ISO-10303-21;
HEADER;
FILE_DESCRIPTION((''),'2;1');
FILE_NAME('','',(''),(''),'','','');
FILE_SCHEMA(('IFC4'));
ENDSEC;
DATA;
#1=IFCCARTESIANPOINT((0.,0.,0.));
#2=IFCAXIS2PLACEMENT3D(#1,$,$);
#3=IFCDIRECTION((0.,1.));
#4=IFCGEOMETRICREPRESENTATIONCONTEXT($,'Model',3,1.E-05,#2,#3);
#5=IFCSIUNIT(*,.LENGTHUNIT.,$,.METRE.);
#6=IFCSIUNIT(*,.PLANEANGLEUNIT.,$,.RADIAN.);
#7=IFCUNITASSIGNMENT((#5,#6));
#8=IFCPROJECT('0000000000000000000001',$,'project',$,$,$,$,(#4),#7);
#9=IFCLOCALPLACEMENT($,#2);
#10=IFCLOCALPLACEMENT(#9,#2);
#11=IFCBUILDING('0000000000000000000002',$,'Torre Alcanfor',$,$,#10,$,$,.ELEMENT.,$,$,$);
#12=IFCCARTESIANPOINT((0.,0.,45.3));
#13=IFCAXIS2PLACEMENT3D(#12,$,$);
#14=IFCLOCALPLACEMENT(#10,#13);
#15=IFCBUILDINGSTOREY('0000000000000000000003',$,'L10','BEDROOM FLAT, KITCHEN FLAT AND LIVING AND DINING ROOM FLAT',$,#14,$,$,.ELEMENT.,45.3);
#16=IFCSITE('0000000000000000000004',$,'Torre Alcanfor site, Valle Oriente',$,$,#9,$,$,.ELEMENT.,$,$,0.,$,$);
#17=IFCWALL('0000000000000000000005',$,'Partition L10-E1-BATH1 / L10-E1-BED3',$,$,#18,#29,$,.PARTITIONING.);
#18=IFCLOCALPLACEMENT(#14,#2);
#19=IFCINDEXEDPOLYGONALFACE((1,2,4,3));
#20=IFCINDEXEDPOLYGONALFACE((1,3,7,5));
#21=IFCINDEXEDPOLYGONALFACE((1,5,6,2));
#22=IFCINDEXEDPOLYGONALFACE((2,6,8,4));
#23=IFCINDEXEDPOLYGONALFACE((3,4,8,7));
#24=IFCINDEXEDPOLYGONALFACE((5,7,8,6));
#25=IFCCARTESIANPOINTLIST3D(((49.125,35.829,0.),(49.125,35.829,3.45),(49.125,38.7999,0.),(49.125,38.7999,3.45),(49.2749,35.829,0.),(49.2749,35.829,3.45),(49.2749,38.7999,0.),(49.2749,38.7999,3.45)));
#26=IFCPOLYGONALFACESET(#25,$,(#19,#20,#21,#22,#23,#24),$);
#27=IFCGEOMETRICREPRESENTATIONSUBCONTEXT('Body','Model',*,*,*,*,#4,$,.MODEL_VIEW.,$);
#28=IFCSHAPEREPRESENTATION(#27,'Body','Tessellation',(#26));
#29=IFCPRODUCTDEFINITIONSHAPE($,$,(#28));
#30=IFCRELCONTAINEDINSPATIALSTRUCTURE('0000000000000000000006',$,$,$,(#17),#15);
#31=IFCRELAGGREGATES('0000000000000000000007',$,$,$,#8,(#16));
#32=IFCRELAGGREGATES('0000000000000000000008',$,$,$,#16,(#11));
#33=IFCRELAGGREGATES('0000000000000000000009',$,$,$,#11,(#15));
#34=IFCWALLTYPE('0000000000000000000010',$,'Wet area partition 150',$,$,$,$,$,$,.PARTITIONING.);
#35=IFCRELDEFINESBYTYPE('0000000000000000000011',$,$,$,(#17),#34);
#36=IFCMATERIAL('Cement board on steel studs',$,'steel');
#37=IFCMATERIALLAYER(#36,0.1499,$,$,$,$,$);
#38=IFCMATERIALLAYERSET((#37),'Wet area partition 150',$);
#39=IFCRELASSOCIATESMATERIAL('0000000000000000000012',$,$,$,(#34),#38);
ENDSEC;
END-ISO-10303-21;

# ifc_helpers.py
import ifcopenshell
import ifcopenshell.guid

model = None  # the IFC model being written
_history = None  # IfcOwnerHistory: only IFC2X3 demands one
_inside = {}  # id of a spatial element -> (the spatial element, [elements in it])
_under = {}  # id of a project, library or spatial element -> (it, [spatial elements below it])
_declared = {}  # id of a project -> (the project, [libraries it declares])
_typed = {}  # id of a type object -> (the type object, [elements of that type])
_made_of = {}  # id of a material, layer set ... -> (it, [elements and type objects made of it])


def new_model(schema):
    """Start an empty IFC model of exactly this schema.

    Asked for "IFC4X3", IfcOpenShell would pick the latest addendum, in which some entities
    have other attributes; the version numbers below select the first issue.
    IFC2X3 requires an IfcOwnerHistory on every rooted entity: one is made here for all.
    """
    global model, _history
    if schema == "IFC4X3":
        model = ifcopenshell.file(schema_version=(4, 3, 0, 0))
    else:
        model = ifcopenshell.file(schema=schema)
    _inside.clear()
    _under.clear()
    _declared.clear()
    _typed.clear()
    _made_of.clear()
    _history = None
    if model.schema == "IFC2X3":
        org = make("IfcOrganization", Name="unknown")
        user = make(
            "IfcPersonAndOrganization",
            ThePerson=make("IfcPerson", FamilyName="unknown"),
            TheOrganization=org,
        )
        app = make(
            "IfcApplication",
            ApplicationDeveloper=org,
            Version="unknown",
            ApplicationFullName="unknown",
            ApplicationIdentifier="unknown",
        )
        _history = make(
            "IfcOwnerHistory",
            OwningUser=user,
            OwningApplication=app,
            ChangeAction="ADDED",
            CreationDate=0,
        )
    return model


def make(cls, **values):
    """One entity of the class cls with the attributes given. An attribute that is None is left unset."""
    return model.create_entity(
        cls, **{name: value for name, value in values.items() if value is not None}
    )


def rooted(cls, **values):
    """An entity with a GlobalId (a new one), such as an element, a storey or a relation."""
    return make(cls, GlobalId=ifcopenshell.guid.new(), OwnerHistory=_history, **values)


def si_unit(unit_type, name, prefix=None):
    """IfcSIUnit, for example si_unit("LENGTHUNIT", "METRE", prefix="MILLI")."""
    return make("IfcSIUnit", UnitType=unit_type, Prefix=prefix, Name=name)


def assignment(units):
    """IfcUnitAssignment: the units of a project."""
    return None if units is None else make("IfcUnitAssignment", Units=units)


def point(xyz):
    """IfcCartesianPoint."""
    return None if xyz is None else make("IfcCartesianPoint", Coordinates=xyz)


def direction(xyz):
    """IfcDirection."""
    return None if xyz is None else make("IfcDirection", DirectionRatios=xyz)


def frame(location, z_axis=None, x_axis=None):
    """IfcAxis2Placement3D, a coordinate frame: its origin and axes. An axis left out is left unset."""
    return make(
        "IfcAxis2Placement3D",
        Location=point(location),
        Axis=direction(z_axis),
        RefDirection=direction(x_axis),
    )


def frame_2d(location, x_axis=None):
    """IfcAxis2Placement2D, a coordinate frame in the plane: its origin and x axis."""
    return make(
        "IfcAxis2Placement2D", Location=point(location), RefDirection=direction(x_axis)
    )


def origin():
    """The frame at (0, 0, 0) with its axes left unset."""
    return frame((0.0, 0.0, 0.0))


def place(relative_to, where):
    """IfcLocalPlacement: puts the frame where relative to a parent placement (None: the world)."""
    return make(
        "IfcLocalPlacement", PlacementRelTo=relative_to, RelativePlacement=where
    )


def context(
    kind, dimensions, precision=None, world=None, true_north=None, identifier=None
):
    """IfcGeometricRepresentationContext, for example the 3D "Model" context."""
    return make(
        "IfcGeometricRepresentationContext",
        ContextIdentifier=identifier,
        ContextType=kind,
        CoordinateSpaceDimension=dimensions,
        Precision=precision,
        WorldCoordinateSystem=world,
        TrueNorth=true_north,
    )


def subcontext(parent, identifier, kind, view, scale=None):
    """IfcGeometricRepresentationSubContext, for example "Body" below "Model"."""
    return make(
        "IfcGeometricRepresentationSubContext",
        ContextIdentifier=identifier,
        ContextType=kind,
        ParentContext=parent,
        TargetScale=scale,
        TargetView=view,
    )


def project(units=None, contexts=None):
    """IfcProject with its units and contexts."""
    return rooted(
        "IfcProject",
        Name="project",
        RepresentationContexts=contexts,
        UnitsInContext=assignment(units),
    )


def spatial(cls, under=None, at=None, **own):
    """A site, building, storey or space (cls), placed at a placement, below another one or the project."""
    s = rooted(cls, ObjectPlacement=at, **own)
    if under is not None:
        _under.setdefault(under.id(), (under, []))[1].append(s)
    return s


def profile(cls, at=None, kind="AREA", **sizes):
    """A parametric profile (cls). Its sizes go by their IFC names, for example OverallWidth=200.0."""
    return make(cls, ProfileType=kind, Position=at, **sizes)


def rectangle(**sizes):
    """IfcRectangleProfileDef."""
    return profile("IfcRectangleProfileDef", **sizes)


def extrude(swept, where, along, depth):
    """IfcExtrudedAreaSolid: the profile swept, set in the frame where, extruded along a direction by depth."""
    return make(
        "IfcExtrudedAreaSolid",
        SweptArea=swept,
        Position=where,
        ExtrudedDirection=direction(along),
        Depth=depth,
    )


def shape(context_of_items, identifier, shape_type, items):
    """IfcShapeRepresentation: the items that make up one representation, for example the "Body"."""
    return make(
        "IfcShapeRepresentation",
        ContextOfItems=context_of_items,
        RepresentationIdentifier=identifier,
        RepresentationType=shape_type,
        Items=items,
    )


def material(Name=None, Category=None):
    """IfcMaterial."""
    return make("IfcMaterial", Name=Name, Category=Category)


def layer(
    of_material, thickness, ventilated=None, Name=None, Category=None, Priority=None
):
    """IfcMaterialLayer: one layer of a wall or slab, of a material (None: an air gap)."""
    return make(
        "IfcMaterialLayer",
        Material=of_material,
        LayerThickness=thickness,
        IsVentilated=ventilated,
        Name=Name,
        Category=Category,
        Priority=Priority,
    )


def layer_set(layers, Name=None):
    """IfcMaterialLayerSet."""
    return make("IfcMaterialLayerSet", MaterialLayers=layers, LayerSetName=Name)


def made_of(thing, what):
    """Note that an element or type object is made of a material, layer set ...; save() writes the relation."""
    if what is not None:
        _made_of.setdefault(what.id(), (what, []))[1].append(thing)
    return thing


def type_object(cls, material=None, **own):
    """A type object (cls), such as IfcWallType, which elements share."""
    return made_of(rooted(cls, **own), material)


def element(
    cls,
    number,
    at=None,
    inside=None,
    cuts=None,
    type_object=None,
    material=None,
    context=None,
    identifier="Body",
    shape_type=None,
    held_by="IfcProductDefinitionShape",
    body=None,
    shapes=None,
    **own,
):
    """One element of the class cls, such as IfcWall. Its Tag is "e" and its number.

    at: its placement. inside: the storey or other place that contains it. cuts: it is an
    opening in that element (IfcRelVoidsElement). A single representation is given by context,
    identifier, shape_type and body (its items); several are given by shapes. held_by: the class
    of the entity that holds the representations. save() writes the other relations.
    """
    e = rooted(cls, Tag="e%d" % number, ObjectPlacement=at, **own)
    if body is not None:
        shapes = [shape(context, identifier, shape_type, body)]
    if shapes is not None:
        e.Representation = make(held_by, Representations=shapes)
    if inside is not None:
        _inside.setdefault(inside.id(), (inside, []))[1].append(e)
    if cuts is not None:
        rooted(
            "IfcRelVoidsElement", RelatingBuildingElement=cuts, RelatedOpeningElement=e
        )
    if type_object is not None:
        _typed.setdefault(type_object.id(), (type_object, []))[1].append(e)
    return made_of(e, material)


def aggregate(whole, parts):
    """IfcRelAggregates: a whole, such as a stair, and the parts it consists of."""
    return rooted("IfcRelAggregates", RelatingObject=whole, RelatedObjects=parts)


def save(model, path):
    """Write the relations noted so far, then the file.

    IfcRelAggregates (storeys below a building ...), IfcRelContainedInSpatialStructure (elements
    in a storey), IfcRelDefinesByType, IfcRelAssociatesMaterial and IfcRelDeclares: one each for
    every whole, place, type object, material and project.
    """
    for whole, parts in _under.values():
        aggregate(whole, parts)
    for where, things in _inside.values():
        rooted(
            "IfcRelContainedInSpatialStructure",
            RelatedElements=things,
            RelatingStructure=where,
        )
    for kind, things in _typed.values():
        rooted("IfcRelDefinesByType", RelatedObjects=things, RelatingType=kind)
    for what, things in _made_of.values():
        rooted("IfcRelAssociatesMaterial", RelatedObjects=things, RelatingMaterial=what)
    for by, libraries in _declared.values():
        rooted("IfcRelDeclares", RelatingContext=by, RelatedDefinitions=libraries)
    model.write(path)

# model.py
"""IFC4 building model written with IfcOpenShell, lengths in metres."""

from ifc_helpers import new_model, si_unit, direction, frame, frame_2d, origin, place, context, subcontext, project, spatial, rectangle, extrude, material, layer, layer_set, type_object, element, save


model = new_model("IFC4")

# Units and contexts
model_context = context("Model", 3, precision=1e-05, world=origin(), true_north=direction((0.0, 1.0)))
body_context = subcontext(model_context, "Body", "Model", "MODEL_VIEW")
ifc_project = project(units=[si_unit("LENGTHUNIT", "METRE"), si_unit("PLANEANGLEUNIT", "RADIAN")], contexts=[model_context])

# Site, building, storey
site_placement = place(None, origin())
site = spatial("IfcSite", under=ifc_project, at=site_placement, Name="Torre Alcanfor site, Valle Oriente", CompositionType="ELEMENT", RefElevation=0.0)
building_placement = place(site_placement, origin())
building = spatial("IfcBuilding", under=site, at=building_placement, Name="Torre Alcanfor", CompositionType="ELEMENT")
storey_placement = place(building_placement, frame((0.0, 0.0, 45.3)))
storey = spatial("IfcBuildingStorey", under=building, at=storey_placement, Name="L10", Description="BEDROOM FLAT, KITCHEN FLAT AND LIVING AND DINING ROOM FLAT", CompositionType="ELEMENT", Elevation=45.3)

# Shared definitions
ifc_material_1 = material(Name="Cement board on steel studs", Category="steel")
ifc_layer_1 = layer(ifc_material_1, 0.1499)
ifc_layer_set_1 = layer_set([ifc_layer_1], Name="Wet area partition 150")
wall_type_1 = type_object("IfcWallType", Name="Wet area partition 150", PredefinedType="PARTITIONING", material=ifc_layer_set_1)

# Wall
for number, where, z_axis, x_axis, name in (
    (1, (49.2, 35.8291, 0.0), (0.0, 0.0, 1.0), (0.0, 1.0, 0.0), "Partition L10-E1-BATH1 / L10-E1-BED3"),
):
    element("IfcWall", number, at=place(storey_placement, frame(where, z_axis=z_axis, x_axis=x_axis)), inside=storey, type_object=wall_type_1, Name=name, PredefinedType="PARTITIONING", context=body_context, shape_type="SweptSolid", body=[
        extrude(rectangle(XDim=2.9709, YDim=0.1499, at=frame_2d((1.4854, 0.0))), origin(), (0.0, 0.0, 1.0), 3.45),
    ])

save(model, "model.ifc")
